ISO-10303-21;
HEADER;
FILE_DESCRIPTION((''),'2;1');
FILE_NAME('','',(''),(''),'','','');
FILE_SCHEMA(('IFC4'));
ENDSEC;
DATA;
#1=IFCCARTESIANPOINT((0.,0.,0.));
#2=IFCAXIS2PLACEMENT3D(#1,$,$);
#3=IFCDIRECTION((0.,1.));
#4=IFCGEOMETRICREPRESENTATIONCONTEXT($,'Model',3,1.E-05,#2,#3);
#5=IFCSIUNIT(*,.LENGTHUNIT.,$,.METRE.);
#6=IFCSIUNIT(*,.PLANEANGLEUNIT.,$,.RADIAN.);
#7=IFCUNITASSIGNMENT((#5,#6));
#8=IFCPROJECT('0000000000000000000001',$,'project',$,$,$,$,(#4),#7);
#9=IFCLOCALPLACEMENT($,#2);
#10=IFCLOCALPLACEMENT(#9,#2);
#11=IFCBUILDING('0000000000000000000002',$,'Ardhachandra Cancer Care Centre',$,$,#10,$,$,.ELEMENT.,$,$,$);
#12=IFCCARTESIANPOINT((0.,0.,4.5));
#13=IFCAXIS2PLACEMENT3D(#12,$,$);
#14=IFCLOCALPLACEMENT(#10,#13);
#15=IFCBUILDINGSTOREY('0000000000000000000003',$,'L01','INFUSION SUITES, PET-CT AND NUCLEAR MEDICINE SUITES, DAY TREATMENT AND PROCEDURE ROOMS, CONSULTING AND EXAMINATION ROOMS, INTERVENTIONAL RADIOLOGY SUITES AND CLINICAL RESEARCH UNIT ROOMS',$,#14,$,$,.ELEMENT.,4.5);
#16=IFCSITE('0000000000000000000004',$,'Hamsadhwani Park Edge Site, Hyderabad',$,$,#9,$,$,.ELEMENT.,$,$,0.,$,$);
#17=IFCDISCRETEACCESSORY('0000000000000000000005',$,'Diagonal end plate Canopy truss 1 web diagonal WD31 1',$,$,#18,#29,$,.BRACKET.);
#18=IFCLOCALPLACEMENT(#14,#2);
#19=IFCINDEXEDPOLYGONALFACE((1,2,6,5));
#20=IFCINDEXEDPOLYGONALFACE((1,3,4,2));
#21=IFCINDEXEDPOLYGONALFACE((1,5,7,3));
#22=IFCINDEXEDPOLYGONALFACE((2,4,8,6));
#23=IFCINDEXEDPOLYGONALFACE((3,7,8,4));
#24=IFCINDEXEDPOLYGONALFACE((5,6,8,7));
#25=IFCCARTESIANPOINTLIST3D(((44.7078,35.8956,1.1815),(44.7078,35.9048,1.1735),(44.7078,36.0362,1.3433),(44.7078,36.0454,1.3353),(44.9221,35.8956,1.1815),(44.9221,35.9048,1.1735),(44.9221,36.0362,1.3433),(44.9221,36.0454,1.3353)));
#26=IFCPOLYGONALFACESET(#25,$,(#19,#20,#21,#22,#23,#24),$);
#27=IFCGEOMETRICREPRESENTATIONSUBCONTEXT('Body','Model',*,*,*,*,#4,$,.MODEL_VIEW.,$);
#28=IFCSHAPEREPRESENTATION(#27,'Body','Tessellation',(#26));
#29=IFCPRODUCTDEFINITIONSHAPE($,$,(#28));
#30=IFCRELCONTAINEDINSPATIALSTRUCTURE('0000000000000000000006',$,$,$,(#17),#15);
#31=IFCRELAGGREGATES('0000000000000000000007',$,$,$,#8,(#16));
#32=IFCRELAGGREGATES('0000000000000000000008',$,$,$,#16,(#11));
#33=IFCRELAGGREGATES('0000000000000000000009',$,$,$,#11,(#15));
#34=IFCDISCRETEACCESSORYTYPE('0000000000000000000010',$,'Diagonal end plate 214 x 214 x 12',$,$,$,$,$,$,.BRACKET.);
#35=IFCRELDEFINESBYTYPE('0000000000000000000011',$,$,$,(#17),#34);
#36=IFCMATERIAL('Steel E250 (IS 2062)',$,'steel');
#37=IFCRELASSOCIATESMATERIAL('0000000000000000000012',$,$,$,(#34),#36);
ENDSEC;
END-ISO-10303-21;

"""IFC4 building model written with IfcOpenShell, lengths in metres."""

from ifc_helpers import new_model, si_unit, direction, frame, origin, origin_2d, place, context, subcontext, project, spatial, rectangle, extrude, material, material_profile, profile_set, type_object, element, save


model = new_model("IFC4")

# Units and contexts
model_context = context("Model", 3, precision=1e-05, world=origin(), true_north=direction((0.0, 1.0)))
body_context = subcontext(model_context, "Body", "Model", "MODEL_VIEW")
ifc_project = project(units=[si_unit("LENGTHUNIT", "METRE"), si_unit("PLANEANGLEUNIT", "RADIAN")], contexts=[model_context])

# Site, building, storey
site_placement = place(None, origin())
site = spatial("IfcSite", under=ifc_project, at=site_placement, Name="Hamsadhwani Park Edge Site, Hyderabad", CompositionType="ELEMENT", RefElevation=0.0)
building_placement = place(site_placement, origin())
building = spatial("IfcBuilding", under=site, at=building_placement, Name="Ardhachandra Cancer Care Centre", CompositionType="ELEMENT")
storey_placement = place(building_placement, frame((0.0, 0.0, 4.5)))
storey = spatial("IfcBuildingStorey", under=building, at=storey_placement, Name="L01", Description="INFUSION SUITES, PET-CT AND NUCLEAR MEDICINE SUITES, DAY TREATMENT AND PROCEDURE ROOMS, CONSULTING AND EXAMINATION ROOMS, INTERVENTIONAL RADIOLOGY SUITES AND CLINICAL RESEARCH UNIT ROOMS", CompositionType="ELEMENT", Elevation=4.5)

# Discrete accessory
ifc_material_1 = material(Name="Steel E250 (IS 2062)", Category="steel")
ifc_material_profile_1 = material_profile(ifc_material_1, rectangle(XDim=0.2144, YDim=0.2144, at=origin_2d()), Name="PL 214x214x12")
ifc_profile_set_1 = profile_set([ifc_material_profile_1], Name="Steel E250 (IS 2062)")
discrete_accessory_type = type_object("IfcDiscreteAccessoryType", Name="Diagonal end plate 214 x 214 x 12", PredefinedType="BRACKET", material=ifc_profile_set_1)
discrete_accessory_placement = place(storey_placement, frame((44.8149, 35.9751, 1.2544), z_axis=(0.0, -0.755033, 0.655687), x_axis=(1.0, 0.0, 0.0)))
element("IfcDiscreteAccessory", 1, at=discrete_accessory_placement, inside=storey, type_object=discrete_accessory_type, Name="Diagonal end plate Canopy truss 1 web diagonal WD31 1", PredefinedType="BRACKET", context=body_context, shape_type="SweptSolid", body=[
    extrude(rectangle(XDim=0.2144, YDim=0.2144, at=origin_2d()), origin(), (0.0, 0.0, 1.0), 0.0122),
])

save(model, "model.ifc")
